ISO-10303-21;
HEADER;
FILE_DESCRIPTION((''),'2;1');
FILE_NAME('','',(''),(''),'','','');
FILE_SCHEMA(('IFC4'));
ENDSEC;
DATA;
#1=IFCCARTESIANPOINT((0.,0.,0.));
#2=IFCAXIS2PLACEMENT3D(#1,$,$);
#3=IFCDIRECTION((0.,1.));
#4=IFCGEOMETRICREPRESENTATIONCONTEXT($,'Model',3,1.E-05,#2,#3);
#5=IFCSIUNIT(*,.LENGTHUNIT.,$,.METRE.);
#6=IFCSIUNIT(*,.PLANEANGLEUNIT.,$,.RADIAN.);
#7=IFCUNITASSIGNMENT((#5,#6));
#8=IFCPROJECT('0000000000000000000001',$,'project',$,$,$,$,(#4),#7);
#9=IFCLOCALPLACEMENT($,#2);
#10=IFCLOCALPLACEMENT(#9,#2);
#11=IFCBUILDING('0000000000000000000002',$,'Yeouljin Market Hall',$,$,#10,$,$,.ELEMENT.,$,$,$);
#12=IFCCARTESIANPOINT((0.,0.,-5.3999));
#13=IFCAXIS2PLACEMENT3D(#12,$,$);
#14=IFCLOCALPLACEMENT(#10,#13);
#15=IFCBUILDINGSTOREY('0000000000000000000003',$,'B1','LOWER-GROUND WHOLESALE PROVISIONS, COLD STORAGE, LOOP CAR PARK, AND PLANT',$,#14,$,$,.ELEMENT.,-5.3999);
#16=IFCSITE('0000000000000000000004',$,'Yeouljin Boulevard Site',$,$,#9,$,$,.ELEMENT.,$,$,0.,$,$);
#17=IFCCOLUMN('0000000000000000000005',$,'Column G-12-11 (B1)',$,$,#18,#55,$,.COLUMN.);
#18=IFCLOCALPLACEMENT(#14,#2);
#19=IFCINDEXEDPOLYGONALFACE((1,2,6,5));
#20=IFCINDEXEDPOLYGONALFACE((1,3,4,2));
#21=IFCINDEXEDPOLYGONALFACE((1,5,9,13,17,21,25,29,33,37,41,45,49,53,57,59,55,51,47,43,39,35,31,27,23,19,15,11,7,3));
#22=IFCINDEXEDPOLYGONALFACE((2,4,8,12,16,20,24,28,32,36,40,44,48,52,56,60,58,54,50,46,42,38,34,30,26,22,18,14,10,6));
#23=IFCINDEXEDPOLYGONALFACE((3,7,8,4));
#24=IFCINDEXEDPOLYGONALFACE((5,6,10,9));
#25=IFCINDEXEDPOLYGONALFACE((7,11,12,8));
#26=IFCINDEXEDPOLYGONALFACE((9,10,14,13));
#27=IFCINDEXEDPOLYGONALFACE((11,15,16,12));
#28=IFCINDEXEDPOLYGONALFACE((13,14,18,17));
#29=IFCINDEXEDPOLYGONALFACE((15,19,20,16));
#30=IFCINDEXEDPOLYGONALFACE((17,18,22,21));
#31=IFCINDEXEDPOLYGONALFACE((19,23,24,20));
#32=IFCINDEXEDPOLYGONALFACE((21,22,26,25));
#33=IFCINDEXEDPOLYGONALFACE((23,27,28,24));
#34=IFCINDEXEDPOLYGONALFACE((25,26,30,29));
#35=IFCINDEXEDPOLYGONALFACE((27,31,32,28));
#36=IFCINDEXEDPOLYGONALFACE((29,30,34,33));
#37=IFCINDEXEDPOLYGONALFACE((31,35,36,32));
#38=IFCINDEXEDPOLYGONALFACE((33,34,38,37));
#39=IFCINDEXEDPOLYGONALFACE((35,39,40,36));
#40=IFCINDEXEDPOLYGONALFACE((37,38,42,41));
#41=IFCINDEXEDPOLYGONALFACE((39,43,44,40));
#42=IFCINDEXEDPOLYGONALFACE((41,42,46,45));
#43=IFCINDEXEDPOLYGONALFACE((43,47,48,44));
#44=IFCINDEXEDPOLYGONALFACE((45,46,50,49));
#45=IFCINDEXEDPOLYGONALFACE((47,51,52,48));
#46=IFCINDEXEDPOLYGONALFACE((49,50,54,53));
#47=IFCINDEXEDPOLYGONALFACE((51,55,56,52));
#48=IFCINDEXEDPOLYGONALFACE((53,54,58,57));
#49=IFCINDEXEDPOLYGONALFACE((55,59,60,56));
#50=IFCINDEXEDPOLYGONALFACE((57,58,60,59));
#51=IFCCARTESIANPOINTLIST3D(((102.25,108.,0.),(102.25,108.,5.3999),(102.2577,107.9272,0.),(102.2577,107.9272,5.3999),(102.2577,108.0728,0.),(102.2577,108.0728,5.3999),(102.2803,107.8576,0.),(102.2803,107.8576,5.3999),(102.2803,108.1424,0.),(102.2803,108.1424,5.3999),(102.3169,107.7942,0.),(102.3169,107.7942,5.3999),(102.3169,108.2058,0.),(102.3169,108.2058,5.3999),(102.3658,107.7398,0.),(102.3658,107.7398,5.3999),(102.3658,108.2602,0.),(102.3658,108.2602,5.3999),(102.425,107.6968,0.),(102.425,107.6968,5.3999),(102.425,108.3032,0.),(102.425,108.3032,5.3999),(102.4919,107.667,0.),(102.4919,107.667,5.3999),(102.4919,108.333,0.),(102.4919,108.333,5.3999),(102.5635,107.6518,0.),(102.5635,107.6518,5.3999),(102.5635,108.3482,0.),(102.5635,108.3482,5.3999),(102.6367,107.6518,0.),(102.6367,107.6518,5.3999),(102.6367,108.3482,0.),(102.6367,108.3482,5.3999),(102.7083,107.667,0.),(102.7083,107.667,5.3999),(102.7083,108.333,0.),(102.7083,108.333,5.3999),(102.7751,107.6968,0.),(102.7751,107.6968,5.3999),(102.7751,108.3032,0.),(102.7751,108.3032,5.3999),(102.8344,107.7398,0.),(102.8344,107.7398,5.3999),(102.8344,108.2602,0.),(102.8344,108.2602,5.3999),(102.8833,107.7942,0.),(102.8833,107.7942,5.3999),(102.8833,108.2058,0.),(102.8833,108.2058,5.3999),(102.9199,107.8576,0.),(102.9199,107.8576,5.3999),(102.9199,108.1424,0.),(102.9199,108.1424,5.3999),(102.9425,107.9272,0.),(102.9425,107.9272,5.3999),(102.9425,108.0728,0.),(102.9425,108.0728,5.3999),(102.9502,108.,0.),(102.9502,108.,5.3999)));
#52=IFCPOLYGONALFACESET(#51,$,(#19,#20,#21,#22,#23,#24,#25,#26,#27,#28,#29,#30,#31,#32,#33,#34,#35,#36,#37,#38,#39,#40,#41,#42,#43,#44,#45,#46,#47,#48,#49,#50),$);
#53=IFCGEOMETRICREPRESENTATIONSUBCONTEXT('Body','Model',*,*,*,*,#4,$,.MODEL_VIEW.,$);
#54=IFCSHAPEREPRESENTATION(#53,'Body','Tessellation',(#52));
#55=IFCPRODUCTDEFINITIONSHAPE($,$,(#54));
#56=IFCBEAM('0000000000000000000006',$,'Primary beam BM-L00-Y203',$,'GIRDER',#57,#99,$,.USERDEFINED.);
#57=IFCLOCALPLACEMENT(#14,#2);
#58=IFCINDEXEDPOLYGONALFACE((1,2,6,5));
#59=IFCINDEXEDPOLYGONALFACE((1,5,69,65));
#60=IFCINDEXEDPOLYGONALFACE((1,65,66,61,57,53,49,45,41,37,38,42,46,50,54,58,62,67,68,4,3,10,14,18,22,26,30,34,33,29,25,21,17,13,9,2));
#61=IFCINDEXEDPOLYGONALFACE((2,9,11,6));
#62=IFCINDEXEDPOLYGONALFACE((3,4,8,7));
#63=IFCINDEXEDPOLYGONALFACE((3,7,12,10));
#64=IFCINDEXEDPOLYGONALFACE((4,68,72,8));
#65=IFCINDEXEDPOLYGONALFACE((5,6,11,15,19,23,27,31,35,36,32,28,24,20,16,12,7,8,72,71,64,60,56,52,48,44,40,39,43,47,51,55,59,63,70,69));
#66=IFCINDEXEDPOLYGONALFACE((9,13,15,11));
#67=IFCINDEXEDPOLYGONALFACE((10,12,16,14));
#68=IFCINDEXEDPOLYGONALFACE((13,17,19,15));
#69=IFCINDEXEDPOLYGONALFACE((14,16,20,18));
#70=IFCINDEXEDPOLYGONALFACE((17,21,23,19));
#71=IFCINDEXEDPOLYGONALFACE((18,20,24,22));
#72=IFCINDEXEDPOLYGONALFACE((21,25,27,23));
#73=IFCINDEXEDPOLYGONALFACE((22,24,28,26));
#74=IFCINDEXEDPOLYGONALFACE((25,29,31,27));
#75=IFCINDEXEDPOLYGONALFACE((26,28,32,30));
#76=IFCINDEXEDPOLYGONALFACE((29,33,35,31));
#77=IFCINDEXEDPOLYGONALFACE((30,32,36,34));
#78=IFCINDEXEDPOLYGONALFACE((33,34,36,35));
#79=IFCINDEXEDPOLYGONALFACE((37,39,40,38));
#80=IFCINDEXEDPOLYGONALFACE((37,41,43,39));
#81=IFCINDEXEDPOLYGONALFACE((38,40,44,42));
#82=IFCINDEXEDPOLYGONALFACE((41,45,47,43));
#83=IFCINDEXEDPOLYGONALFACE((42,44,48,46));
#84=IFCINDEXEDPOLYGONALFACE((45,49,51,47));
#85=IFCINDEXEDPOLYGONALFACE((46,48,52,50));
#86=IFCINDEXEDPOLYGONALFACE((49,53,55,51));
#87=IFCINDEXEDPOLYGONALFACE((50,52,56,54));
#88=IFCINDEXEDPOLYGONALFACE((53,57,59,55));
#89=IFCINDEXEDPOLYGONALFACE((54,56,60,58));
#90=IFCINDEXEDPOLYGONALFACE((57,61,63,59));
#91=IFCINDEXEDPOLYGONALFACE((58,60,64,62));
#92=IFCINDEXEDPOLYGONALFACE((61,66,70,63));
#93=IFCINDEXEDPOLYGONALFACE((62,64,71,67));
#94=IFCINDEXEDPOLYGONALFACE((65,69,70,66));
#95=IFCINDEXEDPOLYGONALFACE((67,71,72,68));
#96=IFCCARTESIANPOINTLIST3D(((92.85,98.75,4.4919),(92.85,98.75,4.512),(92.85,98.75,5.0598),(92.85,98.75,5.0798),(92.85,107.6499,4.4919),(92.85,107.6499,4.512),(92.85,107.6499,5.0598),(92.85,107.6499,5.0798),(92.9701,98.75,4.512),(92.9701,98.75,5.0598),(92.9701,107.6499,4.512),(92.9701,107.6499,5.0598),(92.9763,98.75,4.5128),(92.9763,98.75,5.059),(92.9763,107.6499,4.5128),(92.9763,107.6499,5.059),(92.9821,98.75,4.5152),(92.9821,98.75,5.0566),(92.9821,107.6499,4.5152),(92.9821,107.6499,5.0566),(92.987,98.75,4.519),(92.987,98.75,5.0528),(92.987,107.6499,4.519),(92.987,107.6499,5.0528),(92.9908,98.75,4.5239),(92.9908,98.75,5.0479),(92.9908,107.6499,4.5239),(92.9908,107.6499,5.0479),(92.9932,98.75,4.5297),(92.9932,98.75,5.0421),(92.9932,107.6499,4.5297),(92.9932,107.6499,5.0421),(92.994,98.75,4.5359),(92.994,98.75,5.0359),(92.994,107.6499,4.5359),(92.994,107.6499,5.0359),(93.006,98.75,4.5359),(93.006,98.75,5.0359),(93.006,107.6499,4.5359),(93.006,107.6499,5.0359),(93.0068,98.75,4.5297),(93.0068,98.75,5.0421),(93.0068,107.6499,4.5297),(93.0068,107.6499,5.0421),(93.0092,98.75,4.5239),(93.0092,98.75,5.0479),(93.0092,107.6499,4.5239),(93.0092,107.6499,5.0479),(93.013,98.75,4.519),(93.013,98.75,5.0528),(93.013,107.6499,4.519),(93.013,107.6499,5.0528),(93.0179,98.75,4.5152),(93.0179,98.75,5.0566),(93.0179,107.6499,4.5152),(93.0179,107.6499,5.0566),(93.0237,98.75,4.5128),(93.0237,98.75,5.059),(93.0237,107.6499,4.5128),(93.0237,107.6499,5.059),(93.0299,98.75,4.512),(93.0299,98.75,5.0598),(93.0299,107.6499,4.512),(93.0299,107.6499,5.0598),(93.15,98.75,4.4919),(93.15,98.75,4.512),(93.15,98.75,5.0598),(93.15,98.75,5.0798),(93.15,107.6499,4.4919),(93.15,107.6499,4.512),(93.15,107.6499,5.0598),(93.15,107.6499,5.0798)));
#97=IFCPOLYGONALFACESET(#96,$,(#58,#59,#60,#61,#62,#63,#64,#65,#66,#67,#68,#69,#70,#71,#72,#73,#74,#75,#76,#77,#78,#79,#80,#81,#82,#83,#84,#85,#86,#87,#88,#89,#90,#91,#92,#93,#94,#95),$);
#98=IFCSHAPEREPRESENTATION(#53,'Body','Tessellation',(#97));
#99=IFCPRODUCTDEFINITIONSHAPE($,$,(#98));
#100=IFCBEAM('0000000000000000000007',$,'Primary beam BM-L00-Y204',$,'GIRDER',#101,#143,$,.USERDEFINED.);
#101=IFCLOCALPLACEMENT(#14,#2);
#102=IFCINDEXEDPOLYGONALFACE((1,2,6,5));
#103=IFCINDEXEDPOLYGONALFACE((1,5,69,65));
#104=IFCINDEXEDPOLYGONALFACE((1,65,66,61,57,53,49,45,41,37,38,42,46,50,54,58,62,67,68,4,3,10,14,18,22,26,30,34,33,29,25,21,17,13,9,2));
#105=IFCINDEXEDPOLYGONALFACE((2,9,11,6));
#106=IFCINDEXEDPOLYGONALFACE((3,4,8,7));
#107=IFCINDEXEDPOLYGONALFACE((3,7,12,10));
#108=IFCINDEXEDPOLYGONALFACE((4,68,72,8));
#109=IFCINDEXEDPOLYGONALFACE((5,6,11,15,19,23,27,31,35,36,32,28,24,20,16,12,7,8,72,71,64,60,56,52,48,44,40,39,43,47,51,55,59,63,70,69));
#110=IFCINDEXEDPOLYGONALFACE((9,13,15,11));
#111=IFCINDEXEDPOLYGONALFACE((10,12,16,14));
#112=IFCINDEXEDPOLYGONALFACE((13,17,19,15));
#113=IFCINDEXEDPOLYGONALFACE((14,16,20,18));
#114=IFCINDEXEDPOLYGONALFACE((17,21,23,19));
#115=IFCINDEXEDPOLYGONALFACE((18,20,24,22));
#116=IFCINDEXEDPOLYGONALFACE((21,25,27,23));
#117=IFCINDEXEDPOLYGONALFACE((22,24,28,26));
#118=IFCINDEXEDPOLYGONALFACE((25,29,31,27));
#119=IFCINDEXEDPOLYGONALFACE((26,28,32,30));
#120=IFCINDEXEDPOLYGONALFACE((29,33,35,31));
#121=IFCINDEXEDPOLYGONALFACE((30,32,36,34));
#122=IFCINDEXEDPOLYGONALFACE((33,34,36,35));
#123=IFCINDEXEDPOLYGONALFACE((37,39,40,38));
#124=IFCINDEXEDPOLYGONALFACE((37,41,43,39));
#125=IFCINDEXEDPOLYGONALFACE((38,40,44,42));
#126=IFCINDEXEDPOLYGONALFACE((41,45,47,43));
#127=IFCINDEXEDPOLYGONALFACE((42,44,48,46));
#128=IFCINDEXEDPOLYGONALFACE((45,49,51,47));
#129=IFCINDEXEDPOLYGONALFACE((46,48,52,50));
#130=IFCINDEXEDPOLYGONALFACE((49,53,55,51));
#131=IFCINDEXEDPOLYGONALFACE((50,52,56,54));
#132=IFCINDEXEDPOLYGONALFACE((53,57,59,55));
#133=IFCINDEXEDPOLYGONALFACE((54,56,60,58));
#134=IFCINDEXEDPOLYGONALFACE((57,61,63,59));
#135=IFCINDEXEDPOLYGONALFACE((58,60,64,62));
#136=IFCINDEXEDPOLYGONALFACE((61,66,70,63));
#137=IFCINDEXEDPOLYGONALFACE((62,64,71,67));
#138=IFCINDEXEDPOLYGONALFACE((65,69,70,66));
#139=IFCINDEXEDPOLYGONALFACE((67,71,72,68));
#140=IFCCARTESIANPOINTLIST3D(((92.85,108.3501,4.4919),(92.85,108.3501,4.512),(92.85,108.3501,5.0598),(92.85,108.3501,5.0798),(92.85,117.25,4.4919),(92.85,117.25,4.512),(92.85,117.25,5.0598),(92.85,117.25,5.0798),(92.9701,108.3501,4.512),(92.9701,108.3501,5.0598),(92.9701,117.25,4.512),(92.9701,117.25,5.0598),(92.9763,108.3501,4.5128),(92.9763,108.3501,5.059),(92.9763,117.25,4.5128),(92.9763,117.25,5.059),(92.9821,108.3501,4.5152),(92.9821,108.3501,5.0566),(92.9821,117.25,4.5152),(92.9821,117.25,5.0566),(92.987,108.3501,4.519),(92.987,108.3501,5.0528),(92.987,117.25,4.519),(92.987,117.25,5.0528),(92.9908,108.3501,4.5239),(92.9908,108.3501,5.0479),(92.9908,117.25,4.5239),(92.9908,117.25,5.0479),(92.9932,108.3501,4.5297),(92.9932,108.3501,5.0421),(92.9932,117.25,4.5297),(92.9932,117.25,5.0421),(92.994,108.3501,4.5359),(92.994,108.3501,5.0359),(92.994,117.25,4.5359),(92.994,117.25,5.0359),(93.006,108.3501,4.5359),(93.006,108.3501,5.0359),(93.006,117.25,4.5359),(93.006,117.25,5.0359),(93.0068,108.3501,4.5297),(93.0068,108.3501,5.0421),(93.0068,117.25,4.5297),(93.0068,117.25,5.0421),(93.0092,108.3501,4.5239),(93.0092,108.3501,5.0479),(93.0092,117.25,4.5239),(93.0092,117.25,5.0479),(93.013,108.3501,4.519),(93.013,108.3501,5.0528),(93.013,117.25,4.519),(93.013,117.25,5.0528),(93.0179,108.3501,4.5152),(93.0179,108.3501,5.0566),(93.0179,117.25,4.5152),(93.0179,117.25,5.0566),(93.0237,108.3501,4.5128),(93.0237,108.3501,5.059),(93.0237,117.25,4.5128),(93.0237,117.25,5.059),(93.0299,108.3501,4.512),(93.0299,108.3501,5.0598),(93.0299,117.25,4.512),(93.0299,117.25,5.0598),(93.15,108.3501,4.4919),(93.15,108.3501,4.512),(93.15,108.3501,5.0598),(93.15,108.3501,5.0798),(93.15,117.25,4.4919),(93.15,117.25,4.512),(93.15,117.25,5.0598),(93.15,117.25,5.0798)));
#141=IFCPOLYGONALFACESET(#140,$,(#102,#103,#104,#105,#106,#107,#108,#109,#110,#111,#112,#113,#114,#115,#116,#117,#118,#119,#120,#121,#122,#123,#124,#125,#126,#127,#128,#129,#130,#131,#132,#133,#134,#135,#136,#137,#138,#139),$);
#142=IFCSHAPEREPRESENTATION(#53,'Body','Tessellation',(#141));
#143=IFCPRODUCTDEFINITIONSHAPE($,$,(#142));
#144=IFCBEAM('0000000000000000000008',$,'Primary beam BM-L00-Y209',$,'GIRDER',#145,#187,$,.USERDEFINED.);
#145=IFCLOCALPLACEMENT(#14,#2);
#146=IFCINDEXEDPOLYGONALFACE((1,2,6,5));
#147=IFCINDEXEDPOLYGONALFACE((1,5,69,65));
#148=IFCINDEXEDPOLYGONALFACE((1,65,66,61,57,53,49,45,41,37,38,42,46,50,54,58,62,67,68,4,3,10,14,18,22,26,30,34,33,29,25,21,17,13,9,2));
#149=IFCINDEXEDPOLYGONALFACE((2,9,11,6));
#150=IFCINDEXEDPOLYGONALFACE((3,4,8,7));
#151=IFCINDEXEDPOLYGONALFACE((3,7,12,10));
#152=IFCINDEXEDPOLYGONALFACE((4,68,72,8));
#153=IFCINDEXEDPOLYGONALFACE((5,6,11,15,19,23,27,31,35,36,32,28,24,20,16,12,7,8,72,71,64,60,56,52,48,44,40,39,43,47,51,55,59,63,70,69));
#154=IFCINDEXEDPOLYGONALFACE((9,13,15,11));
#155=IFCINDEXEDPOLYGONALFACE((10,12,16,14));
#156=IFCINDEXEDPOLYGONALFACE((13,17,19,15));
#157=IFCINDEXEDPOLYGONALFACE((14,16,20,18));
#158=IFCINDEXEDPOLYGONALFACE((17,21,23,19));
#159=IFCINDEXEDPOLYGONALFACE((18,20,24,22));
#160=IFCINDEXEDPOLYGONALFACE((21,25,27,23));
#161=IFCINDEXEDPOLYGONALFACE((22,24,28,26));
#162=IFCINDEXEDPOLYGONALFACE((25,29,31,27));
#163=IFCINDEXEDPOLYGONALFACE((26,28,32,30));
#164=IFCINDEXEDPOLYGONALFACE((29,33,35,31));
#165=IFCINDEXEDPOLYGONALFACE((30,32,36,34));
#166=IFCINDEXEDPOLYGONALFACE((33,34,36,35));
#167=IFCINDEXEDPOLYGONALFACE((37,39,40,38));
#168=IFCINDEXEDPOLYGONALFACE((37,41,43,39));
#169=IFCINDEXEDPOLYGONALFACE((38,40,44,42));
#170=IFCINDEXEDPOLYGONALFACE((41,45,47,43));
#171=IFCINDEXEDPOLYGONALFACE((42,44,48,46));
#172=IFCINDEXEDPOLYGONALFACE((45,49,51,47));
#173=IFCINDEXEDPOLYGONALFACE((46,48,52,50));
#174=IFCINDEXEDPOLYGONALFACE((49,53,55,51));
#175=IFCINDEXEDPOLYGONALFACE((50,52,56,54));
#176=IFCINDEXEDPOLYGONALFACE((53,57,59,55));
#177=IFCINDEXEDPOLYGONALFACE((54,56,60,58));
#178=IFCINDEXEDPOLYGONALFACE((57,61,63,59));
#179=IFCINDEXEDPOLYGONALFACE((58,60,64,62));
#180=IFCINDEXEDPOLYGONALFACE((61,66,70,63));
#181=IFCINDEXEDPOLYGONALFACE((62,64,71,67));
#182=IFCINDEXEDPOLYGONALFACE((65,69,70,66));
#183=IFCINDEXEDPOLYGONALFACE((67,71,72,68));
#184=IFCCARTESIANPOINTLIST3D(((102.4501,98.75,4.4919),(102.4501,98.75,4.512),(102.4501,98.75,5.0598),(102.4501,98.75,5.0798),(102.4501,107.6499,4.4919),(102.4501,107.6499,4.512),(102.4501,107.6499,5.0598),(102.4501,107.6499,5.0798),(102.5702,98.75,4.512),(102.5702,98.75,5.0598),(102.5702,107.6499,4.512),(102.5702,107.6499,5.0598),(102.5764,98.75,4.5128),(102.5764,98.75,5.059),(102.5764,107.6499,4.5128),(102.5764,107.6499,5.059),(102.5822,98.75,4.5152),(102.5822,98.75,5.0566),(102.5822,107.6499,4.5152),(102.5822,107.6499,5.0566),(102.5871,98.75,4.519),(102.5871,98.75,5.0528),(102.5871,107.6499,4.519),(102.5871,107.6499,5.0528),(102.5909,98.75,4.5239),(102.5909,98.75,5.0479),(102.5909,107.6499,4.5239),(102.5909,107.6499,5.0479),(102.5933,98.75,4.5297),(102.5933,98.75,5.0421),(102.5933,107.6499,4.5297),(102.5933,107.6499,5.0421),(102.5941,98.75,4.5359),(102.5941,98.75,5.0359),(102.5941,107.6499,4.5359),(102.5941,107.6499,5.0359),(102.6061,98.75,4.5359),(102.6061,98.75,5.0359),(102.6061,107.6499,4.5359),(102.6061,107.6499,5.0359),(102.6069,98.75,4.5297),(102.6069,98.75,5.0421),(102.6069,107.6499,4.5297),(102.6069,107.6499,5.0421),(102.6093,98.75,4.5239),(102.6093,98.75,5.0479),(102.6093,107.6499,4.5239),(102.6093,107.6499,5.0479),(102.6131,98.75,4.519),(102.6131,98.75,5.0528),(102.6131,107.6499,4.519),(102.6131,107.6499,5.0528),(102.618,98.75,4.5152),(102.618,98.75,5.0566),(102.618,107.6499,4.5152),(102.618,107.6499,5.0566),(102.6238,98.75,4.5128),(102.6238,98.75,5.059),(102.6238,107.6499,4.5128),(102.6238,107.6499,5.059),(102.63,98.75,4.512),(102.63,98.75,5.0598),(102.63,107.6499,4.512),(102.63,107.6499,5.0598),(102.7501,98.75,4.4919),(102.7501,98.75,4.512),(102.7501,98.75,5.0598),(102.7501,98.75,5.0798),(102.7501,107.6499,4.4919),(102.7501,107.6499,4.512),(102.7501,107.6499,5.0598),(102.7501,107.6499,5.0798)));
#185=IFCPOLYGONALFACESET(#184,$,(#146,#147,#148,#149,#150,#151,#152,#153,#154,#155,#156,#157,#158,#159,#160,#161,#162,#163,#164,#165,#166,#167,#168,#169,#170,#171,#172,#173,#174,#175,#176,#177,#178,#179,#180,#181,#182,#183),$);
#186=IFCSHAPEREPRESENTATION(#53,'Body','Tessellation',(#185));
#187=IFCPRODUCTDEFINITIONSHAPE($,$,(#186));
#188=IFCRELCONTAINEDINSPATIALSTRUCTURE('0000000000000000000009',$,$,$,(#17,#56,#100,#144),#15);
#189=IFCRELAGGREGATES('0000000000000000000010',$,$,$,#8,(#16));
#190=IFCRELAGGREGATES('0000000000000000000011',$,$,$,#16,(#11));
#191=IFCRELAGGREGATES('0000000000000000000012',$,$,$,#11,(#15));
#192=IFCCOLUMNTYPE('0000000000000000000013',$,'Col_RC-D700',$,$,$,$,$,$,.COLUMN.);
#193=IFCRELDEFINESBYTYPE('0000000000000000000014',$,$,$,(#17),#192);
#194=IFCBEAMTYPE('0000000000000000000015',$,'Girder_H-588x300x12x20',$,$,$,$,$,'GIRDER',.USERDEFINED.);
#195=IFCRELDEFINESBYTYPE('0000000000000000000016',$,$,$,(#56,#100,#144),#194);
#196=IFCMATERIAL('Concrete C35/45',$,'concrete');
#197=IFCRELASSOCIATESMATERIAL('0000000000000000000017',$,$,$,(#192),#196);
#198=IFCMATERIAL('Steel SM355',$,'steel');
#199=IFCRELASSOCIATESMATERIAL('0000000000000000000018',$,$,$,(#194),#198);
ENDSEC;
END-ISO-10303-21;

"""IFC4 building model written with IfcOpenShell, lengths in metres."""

from ifc_helpers import new_model, si_unit, direction, frame, origin, origin_2d, place, context, subcontext, project, spatial, circle, i_section, extrude, material, material_profile, profile_set, type_object, element, save


model = new_model("IFC4")

# Units and contexts
model_context = context("Model", 3, precision=1e-05, world=origin(), true_north=direction((0.0, 1.0)))
body_context = subcontext(model_context, "Body", "Model", "MODEL_VIEW")
ifc_project = project(units=[si_unit("LENGTHUNIT", "METRE"), si_unit("PLANEANGLEUNIT", "RADIAN")], contexts=[model_context])

# Site, building, storey
site_placement = place(None, origin())
site = spatial("IfcSite", under=ifc_project, at=site_placement, Name="Yeouljin Boulevard Site", CompositionType="ELEMENT", RefElevation=0.0)
building_placement = place(site_placement, origin())
building = spatial("IfcBuilding", under=site, at=building_placement, Name="Yeouljin Market Hall", CompositionType="ELEMENT")
storey_placement = place(building_placement, frame((0.0, 0.0, -5.3999)))
storey = spatial("IfcBuildingStorey", under=building, at=storey_placement, Name="B1", Description="LOWER-GROUND WHOLESALE PROVISIONS, COLD STORAGE, LOOP CAR PARK, AND PLANT", CompositionType="ELEMENT", Elevation=-5.3999)

# Column
ifc_material_1 = material(Name="Concrete C35/45", Category="concrete")
ifc_material_profile_1 = material_profile(ifc_material_1, circle(Radius=0.3501, at=origin_2d()), Name="RC-D700")
ifc_profile_set_1 = profile_set([ifc_material_profile_1], Name="Concrete C35/45")
column_type_1 = type_object("IfcColumnType", Name="Col_RC-D700", PredefinedType="COLUMN", material=ifc_profile_set_1)
for number, where, z_axis, x_axis, name in (
    (1, (102.6001, 108.0, 0.0), (0.0, 0.0, 1.0), (1.0, 0.0, 0.0), "Column G-12-11 (B1)"),
):
    element("IfcColumn", number, at=place(storey_placement, frame(where, z_axis=z_axis, x_axis=x_axis)), inside=storey, type_object=column_type_1, Name=name, PredefinedType="COLUMN", context=body_context, shape_type="SweptSolid", body=[
        extrude(circle(Radius=0.3501, at=origin_2d()), origin(), (0.0, 0.0, 1.0), 5.3999),
    ])

# Beams
ifc_material_2 = material(Name="Steel SM355", Category="steel")
ifc_material_profile_2 = material_profile(ifc_material_2, i_section(OverallWidth=0.3, OverallDepth=0.5879, WebThickness=0.012, FlangeThickness=0.02, FilletRadius=0.0239, at=origin_2d()), Name="H-588x300x12x20")
ifc_profile_set_2 = profile_set([ifc_material_profile_2], Name="Steel SM355")
beam_type_1 = type_object("IfcBeamType", Name="Girder_H-588x300x12x20", ElementType="GIRDER", PredefinedType="USERDEFINED", material=ifc_profile_set_2)
for number, where, z_axis, x_axis, name in (
    (2, (93.0, 98.75, 4.7859), (0.0, 1.0, 0.0), (-1.0, 0.0, 0.0), "Primary beam BM-L00-Y203"),
    (3, (93.0, 108.3501, 4.7859), (0.0, 1.0, 0.0), (-1.0, 0.0, 0.0), "Primary beam BM-L00-Y204"),
    (4, (102.6001, 98.75, 4.7859), (0.0, 1.0, 0.0), (-1.0, 0.0, 0.0), "Primary beam BM-L00-Y209"),
):
    element("IfcBeam", number, at=place(storey_placement, frame(where, z_axis=z_axis, x_axis=x_axis)), inside=storey, type_object=beam_type_1, Name=name, ObjectType="GIRDER", PredefinedType="USERDEFINED", context=body_context, shape_type="SweptSolid", body=[
        extrude(i_section(OverallWidth=0.3, OverallDepth=0.5879, WebThickness=0.012, FlangeThickness=0.02, FilletRadius=0.0239, at=origin_2d()), origin(), (0.0, 0.0, 1.0), 8.8999),
    ])

save(model, "model.ifc")
